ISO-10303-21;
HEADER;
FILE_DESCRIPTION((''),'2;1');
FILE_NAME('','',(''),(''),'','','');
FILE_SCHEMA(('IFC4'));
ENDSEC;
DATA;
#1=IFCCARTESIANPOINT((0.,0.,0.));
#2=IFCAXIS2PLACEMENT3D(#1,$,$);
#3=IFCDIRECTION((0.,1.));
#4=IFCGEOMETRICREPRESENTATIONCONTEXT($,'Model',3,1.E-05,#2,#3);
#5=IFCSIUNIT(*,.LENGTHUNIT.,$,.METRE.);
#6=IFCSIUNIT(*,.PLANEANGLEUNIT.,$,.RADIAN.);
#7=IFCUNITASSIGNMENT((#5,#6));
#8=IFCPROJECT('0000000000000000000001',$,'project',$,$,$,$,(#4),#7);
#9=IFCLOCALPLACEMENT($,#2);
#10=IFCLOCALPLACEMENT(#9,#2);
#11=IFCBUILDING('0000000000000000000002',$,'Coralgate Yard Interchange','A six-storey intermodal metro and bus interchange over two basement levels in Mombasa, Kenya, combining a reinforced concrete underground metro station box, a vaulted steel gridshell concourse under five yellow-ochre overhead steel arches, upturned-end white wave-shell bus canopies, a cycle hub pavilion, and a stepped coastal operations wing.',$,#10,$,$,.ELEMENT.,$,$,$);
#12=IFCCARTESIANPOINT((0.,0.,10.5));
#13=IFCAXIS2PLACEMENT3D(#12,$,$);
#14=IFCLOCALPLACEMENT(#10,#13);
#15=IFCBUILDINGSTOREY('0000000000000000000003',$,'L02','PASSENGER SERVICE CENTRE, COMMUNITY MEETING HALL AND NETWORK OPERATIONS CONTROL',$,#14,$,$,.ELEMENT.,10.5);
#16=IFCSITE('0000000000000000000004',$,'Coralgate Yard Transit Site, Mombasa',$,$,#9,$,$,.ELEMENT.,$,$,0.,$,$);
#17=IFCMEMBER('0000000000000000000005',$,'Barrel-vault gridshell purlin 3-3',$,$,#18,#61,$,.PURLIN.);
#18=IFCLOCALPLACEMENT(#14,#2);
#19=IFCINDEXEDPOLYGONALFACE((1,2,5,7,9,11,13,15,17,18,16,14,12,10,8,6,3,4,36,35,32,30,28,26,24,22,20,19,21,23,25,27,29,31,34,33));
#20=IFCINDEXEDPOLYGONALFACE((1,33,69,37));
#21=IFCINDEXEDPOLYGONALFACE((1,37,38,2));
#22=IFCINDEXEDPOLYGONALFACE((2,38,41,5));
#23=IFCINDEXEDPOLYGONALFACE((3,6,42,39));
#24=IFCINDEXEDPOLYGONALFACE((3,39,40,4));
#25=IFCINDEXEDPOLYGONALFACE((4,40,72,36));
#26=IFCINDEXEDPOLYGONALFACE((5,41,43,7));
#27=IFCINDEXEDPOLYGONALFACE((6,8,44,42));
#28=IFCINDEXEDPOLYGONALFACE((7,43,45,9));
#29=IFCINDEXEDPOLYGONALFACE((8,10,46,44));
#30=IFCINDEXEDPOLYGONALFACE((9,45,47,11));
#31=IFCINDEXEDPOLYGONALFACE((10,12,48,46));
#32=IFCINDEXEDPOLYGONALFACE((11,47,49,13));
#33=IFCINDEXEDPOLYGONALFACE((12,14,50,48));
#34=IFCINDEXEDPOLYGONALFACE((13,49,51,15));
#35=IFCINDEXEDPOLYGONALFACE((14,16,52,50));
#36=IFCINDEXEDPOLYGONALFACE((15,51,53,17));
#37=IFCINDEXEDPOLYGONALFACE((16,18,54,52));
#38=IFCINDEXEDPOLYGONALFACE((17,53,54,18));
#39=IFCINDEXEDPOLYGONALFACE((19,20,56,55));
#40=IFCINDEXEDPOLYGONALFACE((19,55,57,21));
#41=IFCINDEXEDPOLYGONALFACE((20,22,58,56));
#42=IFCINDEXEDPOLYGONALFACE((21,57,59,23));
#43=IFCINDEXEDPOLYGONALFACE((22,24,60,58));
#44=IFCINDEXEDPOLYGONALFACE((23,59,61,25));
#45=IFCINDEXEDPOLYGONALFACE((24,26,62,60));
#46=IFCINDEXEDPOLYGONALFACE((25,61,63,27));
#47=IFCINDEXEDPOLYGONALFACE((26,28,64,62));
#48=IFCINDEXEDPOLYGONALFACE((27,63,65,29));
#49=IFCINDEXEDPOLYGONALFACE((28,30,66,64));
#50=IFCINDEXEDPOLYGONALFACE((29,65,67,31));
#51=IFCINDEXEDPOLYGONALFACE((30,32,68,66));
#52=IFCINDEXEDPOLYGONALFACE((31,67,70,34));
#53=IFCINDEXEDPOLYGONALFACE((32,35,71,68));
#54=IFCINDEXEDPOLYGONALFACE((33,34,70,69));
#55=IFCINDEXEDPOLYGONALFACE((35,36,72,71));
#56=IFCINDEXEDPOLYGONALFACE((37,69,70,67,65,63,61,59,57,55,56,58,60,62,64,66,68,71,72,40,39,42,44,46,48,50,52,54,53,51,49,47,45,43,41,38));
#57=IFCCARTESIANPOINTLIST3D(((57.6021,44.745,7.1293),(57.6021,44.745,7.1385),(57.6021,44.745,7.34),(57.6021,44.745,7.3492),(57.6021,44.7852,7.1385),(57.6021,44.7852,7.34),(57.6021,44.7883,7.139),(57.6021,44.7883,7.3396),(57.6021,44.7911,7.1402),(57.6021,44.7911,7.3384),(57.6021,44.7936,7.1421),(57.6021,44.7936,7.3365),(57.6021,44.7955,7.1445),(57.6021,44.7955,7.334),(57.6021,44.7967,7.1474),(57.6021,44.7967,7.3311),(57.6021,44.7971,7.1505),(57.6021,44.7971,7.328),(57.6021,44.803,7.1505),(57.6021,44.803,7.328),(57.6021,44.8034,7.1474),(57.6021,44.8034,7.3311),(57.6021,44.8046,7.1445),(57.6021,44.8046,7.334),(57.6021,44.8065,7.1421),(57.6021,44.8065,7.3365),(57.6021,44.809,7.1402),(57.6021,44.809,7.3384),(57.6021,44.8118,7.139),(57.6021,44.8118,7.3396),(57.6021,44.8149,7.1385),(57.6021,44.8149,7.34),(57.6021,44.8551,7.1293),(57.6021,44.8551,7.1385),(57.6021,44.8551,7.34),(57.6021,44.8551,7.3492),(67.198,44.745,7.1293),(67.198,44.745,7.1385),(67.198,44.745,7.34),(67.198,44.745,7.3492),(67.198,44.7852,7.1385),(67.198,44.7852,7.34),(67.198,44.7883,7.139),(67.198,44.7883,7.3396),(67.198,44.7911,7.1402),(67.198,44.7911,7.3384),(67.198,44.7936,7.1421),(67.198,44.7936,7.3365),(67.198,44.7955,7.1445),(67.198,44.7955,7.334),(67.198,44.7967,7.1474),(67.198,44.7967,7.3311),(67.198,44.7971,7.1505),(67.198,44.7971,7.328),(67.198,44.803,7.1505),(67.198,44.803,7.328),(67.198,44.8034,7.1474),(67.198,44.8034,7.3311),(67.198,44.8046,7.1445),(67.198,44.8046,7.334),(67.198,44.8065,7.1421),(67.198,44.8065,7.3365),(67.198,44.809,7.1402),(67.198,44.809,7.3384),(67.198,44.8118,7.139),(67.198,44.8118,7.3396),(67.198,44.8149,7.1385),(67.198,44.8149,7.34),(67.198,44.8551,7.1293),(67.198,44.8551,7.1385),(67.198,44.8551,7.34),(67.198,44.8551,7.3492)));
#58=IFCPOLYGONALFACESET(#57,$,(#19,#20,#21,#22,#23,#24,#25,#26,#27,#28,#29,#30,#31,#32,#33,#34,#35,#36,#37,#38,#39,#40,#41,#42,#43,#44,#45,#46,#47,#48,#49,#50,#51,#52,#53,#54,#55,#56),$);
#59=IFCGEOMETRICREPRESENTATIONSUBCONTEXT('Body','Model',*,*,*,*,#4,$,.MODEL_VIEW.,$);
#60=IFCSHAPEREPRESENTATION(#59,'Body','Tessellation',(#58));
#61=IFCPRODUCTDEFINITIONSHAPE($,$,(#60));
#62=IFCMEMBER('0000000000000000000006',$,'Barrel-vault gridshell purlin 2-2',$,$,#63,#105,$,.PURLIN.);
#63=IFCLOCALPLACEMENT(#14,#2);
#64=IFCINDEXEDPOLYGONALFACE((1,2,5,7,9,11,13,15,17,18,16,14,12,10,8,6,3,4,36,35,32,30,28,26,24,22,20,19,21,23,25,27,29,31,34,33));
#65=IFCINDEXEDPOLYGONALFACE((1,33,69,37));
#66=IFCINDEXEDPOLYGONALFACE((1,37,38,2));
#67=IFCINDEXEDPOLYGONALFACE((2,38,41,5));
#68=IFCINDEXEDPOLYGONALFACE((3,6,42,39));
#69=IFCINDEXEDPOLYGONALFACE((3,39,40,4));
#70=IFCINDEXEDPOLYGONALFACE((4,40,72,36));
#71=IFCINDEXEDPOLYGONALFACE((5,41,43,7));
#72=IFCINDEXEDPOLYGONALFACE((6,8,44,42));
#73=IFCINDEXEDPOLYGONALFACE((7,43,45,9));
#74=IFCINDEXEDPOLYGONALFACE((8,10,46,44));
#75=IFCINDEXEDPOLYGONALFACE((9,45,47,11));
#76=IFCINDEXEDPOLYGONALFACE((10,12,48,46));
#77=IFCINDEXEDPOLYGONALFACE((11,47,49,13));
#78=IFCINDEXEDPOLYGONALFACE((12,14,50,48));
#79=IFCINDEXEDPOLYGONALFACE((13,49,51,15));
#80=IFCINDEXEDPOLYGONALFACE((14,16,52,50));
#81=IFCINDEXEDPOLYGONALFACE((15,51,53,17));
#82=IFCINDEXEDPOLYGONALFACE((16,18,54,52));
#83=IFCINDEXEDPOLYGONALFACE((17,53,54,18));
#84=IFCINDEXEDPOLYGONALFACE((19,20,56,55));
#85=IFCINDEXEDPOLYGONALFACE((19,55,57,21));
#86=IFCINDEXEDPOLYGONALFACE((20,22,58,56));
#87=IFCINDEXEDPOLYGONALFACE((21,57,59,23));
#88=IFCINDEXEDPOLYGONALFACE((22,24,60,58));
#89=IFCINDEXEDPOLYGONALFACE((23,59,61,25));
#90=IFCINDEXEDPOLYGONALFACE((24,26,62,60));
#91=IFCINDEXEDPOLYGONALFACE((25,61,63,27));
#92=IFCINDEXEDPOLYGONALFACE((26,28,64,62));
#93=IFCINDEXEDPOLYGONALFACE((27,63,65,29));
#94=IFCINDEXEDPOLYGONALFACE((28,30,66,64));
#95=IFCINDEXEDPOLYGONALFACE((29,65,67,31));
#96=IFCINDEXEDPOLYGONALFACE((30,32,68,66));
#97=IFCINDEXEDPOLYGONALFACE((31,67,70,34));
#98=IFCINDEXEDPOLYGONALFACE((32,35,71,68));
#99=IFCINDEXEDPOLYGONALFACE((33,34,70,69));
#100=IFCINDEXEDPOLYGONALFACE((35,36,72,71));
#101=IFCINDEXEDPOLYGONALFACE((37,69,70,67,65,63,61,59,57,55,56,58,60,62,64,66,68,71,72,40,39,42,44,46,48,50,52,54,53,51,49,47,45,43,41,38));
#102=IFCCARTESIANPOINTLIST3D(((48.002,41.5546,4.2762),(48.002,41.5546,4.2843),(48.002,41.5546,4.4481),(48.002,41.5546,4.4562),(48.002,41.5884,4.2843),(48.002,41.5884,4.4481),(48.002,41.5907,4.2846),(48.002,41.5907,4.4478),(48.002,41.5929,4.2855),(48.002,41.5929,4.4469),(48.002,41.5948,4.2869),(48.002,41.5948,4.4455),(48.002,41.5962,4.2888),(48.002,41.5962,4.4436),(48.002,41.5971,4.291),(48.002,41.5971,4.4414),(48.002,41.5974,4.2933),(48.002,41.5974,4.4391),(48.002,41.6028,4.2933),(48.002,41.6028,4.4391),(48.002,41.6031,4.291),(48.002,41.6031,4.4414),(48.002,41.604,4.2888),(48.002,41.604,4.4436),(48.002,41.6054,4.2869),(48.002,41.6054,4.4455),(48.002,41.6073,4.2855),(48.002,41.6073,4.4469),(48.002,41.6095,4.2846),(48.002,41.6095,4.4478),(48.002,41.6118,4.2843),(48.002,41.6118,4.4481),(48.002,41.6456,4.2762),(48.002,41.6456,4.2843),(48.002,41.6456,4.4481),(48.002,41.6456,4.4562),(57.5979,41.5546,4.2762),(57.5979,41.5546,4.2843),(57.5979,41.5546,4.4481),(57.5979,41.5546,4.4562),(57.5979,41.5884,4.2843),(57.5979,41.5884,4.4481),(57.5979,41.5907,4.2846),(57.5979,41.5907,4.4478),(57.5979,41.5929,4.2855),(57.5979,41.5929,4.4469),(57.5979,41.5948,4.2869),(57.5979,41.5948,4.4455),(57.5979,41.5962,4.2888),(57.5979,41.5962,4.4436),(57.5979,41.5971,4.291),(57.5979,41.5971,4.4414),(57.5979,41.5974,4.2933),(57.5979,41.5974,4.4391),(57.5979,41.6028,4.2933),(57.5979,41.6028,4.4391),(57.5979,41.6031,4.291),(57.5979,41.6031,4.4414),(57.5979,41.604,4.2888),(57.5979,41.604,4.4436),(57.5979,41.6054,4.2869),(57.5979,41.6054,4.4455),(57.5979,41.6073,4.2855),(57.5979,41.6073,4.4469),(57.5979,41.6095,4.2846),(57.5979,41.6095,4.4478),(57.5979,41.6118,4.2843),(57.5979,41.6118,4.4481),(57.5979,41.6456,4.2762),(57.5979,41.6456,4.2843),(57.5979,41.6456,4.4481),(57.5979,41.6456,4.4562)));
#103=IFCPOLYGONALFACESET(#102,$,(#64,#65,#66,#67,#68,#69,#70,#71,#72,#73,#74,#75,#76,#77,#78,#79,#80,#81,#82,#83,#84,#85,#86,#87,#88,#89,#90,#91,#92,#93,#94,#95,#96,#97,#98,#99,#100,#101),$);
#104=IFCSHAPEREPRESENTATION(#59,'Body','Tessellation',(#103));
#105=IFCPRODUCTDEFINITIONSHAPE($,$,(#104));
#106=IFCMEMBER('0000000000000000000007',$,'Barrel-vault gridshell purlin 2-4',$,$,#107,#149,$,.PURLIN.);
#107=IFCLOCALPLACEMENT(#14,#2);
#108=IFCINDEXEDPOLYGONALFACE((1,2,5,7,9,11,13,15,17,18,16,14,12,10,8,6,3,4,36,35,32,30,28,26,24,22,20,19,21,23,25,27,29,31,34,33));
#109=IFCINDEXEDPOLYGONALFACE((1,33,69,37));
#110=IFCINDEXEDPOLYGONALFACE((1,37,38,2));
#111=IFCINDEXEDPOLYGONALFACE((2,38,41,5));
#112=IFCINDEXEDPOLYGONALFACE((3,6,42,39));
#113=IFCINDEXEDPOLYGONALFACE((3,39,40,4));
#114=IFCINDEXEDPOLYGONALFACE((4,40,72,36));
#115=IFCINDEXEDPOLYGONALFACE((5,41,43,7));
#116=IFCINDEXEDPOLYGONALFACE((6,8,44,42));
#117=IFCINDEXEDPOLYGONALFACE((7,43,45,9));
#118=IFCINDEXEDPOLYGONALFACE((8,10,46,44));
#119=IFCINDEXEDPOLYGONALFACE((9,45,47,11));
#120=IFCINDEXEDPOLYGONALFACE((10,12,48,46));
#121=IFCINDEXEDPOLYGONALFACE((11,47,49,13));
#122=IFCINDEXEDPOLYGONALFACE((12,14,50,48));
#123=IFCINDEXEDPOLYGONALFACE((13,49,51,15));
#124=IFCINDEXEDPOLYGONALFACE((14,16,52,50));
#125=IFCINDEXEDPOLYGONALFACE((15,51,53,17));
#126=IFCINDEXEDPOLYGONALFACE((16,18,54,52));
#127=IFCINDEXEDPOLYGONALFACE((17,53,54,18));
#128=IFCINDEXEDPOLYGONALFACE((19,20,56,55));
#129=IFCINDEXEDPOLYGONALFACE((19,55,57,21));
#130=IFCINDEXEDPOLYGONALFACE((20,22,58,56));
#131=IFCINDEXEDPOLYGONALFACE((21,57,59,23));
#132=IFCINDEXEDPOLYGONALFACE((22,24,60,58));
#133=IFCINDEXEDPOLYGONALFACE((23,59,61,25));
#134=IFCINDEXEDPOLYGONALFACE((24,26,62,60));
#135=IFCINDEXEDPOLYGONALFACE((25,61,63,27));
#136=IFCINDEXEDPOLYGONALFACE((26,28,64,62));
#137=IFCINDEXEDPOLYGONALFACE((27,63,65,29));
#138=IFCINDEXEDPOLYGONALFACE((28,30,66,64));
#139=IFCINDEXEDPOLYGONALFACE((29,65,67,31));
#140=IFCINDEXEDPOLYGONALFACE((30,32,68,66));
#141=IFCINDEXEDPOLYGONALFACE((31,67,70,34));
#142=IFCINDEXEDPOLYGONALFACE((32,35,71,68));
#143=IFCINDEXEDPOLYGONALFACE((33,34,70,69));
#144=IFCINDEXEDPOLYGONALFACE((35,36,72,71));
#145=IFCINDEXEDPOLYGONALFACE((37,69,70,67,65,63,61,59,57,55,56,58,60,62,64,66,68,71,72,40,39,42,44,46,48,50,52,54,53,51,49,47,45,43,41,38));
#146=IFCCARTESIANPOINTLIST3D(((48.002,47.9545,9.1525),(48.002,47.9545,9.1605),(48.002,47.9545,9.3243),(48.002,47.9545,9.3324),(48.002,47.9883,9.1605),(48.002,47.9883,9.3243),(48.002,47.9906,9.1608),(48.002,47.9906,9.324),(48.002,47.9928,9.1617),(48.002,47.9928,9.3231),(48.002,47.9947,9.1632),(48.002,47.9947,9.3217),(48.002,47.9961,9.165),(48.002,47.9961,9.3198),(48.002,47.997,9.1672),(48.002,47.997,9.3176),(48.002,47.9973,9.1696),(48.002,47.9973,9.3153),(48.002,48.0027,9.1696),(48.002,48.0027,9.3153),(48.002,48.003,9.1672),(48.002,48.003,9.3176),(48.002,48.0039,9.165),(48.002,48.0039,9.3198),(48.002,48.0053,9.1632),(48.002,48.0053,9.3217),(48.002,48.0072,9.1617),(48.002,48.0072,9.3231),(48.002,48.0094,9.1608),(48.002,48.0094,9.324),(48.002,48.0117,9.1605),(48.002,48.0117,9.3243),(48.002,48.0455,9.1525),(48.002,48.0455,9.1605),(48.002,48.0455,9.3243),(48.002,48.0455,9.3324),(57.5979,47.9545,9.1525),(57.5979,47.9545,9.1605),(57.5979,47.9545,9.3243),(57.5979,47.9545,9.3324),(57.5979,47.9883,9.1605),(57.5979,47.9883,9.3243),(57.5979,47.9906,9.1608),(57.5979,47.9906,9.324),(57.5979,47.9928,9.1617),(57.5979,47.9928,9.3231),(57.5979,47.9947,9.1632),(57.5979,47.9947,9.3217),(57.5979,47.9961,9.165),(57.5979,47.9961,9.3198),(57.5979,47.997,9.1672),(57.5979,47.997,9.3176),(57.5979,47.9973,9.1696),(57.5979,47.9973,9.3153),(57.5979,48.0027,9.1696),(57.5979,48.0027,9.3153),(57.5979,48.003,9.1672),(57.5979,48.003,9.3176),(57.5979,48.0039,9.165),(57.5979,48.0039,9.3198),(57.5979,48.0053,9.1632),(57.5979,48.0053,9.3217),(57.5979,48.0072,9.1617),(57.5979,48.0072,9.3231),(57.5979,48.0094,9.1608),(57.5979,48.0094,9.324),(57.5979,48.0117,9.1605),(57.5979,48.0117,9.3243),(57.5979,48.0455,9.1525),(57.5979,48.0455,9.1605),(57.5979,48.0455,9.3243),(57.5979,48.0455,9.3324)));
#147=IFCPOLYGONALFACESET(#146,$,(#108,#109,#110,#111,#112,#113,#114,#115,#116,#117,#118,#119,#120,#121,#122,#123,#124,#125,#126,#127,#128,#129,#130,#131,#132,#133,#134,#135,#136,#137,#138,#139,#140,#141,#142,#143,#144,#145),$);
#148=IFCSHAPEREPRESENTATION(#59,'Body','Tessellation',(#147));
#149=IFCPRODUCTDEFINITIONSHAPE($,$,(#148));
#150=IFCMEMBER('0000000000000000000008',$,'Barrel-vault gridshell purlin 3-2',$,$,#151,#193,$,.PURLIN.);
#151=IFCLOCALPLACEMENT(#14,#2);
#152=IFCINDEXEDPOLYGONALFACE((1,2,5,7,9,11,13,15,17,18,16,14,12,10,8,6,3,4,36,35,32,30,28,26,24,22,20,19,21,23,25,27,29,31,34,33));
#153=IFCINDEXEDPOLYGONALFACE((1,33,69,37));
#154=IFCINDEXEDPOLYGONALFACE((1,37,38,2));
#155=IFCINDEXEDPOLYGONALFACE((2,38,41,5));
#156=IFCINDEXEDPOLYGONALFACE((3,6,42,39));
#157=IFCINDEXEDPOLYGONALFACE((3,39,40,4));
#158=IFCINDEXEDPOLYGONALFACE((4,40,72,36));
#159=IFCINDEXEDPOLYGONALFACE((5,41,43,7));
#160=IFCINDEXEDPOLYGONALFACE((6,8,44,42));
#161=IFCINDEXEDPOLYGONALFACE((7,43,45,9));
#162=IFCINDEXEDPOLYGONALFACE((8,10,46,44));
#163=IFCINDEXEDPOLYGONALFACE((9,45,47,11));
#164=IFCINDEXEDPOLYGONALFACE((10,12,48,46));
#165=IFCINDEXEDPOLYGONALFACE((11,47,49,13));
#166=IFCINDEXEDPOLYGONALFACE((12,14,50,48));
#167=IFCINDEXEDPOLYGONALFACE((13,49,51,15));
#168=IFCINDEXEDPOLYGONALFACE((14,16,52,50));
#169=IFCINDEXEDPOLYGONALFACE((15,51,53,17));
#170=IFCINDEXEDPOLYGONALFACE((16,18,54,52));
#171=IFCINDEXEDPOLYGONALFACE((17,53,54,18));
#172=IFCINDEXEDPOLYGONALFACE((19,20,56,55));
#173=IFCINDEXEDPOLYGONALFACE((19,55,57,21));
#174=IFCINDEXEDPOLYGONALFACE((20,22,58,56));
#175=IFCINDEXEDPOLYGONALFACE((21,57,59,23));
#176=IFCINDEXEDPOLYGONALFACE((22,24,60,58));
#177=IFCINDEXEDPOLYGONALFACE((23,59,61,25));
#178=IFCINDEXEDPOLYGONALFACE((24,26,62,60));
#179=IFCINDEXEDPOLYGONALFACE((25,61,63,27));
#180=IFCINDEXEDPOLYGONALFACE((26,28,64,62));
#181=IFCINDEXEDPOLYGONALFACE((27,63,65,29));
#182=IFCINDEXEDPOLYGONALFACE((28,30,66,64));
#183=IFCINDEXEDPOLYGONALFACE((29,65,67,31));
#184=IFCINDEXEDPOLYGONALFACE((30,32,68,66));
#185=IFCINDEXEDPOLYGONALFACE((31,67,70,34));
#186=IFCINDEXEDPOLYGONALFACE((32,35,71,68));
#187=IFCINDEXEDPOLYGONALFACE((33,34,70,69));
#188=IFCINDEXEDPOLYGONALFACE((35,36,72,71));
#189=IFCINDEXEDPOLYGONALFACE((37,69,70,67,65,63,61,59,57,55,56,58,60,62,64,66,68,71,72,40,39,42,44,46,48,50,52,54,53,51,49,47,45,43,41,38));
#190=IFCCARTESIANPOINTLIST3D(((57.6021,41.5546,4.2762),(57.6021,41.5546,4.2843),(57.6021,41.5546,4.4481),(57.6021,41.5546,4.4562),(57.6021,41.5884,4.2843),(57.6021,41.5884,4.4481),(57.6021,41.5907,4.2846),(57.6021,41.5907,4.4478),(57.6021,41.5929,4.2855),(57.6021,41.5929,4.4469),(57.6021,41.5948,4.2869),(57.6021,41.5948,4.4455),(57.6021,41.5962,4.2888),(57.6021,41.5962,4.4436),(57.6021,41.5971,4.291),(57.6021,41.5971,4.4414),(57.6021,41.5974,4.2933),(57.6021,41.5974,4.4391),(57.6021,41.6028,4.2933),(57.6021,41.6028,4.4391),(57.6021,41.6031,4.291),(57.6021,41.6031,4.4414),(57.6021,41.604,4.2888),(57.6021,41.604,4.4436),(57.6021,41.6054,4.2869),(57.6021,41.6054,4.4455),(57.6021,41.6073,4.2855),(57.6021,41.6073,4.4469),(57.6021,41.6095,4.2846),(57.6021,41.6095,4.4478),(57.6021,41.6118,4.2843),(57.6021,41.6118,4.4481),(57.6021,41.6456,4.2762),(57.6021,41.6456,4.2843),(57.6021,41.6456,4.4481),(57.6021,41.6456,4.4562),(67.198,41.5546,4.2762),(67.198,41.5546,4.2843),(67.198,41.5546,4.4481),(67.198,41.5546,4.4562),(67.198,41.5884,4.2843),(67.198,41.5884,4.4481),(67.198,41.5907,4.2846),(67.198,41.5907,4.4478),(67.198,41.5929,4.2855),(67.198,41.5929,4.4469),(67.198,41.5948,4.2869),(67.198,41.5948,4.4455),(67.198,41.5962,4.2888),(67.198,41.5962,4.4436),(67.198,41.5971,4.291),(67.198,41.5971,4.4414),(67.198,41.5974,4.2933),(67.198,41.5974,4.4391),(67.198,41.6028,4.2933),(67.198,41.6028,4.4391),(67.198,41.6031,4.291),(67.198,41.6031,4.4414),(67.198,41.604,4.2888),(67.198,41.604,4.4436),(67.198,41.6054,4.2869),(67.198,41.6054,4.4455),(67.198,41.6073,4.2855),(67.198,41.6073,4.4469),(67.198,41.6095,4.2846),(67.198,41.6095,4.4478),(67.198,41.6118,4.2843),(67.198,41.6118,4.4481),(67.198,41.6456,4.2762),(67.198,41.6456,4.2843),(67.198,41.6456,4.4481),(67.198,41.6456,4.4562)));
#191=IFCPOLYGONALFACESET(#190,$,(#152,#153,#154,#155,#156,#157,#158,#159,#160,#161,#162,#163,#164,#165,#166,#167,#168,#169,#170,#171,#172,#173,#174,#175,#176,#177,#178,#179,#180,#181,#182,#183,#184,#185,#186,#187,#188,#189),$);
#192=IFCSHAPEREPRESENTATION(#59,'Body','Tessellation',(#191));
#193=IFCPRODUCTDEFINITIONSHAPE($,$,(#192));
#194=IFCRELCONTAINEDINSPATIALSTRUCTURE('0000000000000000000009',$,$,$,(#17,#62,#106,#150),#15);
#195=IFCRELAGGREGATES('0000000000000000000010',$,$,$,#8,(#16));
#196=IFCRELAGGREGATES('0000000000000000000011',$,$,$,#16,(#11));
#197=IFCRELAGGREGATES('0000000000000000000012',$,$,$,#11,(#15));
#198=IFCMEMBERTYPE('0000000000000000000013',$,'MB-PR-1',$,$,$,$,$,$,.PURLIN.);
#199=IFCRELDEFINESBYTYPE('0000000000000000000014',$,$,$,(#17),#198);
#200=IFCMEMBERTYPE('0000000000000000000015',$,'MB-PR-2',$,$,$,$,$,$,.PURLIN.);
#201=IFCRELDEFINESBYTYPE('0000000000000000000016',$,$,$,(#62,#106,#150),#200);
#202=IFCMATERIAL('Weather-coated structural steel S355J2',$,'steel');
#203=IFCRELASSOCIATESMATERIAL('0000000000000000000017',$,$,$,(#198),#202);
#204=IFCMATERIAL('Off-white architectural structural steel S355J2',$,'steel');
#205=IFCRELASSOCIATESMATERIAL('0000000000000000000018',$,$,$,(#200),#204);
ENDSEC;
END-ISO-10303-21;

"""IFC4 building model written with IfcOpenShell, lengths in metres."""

from ifc_helpers import new_model, si_unit, direction, frame, origin, origin_2d, place, context, subcontext, project, spatial, i_section, extrude, material, material_profile, profile_set, type_object, element, save


model = new_model("IFC4")

# Units and contexts
model_context = context("Model", 3, precision=1e-05, world=origin(), true_north=direction((0.0, 1.0)))
body_context = subcontext(model_context, "Body", "Model", "MODEL_VIEW")
ifc_project = project(units=[si_unit("LENGTHUNIT", "METRE"), si_unit("PLANEANGLEUNIT", "RADIAN")], contexts=[model_context])

# Site, building, storey
site_placement = place(None, origin())
site = spatial("IfcSite", under=ifc_project, at=site_placement, Name="Coralgate Yard Transit Site, Mombasa", CompositionType="ELEMENT", RefElevation=0.0)
building_placement = place(site_placement, origin())
building = spatial("IfcBuilding", under=site, at=building_placement, Name="Coralgate Yard Interchange", Description="A six-storey intermodal metro and bus interchange over two basement levels in Mombasa, Kenya, combining a reinforced concrete underground metro station box, a vaulted steel gridshell concourse under five yellow-ochre overhead steel arches, upturned-end white wave-shell bus canopies, a cycle hub pavilion, and a stepped coastal operations wing.", CompositionType="ELEMENT")
storey_placement = place(building_placement, frame((0.0, 0.0, 10.5)))
storey = spatial("IfcBuildingStorey", under=building, at=storey_placement, Name="L02", Description="PASSENGER SERVICE CENTRE, COMMUNITY MEETING HALL AND NETWORK OPERATIONS CONTROL", CompositionType="ELEMENT", Elevation=10.5)

# Shared definitions
ifc_material_1 = material(Name="Weather-coated structural steel S355J2", Category="steel")

# Members
ifc_material_profile_1 = material_profile(ifc_material_1, i_section(OverallWidth=0.1101, OverallDepth=0.22, WebThickness=0.0059, FlangeThickness=0.0093, FilletRadius=0.012, at=origin_2d()), Name="IPE 220")
ifc_profile_set_1 = profile_set([ifc_material_profile_1], Name="Weather-coated structural steel S355J2")
member_type_1 = type_object("IfcMemberType", Name="MB-PR-1", PredefinedType="PURLIN", material=ifc_profile_set_1)
for number, where, z_axis, x_axis, name in (
    (1, (57.6021, 44.8, 7.2393), (1.0, 0.0, 0.0), (0.0, 1.0, 0.0), "Barrel-vault gridshell purlin 3-3"),
):
    element("IfcMember", number, at=place(storey_placement, frame(where, z_axis=z_axis, x_axis=x_axis)), inside=storey, type_object=member_type_1, Name=name, PredefinedType="PURLIN", context=body_context, shape_type="SweptSolid", body=[
        extrude(i_section(OverallWidth=0.1101, OverallDepth=0.22, WebThickness=0.0059, FlangeThickness=0.0093, FilletRadius=0.012, at=origin_2d()), origin(), (0.0, 0.0, 1.0), 9.5959),
    ])
ifc_material_2 = material(Name="Off-white architectural structural steel S355J2", Category="steel")
ifc_material_profile_2 = material_profile(ifc_material_2, i_section(OverallWidth=0.0911, OverallDepth=0.1799, WebThickness=0.0054, FlangeThickness=0.0081, FilletRadius=0.009, at=origin_2d()), Name="IPE 180")
ifc_profile_set_2 = profile_set([ifc_material_profile_2], Name="Off-white architectural structural steel S355J2")
member_type_2 = type_object("IfcMemberType", Name="MB-PR-2", PredefinedType="PURLIN", material=ifc_profile_set_2)
for number, where, z_axis, x_axis, name in (
    (2, (48.002, 41.6001, 4.3662), (1.0, 0.0, 0.0), (0.0, 1.0, 0.0), "Barrel-vault gridshell purlin 2-2"),
    (3, (48.002, 48.0, 9.2424), (1.0, 0.0, 0.0), (0.0, 1.0, 0.0), "Barrel-vault gridshell purlin 2-4"),
    (4, (57.6021, 41.6001, 4.3662), (1.0, 0.0, 0.0), (0.0, 1.0, 0.0), "Barrel-vault gridshell purlin 3-2"),
):
    element("IfcMember", number, at=place(storey_placement, frame(where, z_axis=z_axis, x_axis=x_axis)), inside=storey, type_object=member_type_2, Name=name, PredefinedType="PURLIN", context=body_context, shape_type="SweptSolid", body=[
        extrude(i_section(OverallWidth=0.0911, OverallDepth=0.1799, WebThickness=0.0054, FlangeThickness=0.0081, FilletRadius=0.009, at=origin_2d()), origin(), (0.0, 0.0, 1.0), 9.5959),
    ])

save(model, "model.ifc")
